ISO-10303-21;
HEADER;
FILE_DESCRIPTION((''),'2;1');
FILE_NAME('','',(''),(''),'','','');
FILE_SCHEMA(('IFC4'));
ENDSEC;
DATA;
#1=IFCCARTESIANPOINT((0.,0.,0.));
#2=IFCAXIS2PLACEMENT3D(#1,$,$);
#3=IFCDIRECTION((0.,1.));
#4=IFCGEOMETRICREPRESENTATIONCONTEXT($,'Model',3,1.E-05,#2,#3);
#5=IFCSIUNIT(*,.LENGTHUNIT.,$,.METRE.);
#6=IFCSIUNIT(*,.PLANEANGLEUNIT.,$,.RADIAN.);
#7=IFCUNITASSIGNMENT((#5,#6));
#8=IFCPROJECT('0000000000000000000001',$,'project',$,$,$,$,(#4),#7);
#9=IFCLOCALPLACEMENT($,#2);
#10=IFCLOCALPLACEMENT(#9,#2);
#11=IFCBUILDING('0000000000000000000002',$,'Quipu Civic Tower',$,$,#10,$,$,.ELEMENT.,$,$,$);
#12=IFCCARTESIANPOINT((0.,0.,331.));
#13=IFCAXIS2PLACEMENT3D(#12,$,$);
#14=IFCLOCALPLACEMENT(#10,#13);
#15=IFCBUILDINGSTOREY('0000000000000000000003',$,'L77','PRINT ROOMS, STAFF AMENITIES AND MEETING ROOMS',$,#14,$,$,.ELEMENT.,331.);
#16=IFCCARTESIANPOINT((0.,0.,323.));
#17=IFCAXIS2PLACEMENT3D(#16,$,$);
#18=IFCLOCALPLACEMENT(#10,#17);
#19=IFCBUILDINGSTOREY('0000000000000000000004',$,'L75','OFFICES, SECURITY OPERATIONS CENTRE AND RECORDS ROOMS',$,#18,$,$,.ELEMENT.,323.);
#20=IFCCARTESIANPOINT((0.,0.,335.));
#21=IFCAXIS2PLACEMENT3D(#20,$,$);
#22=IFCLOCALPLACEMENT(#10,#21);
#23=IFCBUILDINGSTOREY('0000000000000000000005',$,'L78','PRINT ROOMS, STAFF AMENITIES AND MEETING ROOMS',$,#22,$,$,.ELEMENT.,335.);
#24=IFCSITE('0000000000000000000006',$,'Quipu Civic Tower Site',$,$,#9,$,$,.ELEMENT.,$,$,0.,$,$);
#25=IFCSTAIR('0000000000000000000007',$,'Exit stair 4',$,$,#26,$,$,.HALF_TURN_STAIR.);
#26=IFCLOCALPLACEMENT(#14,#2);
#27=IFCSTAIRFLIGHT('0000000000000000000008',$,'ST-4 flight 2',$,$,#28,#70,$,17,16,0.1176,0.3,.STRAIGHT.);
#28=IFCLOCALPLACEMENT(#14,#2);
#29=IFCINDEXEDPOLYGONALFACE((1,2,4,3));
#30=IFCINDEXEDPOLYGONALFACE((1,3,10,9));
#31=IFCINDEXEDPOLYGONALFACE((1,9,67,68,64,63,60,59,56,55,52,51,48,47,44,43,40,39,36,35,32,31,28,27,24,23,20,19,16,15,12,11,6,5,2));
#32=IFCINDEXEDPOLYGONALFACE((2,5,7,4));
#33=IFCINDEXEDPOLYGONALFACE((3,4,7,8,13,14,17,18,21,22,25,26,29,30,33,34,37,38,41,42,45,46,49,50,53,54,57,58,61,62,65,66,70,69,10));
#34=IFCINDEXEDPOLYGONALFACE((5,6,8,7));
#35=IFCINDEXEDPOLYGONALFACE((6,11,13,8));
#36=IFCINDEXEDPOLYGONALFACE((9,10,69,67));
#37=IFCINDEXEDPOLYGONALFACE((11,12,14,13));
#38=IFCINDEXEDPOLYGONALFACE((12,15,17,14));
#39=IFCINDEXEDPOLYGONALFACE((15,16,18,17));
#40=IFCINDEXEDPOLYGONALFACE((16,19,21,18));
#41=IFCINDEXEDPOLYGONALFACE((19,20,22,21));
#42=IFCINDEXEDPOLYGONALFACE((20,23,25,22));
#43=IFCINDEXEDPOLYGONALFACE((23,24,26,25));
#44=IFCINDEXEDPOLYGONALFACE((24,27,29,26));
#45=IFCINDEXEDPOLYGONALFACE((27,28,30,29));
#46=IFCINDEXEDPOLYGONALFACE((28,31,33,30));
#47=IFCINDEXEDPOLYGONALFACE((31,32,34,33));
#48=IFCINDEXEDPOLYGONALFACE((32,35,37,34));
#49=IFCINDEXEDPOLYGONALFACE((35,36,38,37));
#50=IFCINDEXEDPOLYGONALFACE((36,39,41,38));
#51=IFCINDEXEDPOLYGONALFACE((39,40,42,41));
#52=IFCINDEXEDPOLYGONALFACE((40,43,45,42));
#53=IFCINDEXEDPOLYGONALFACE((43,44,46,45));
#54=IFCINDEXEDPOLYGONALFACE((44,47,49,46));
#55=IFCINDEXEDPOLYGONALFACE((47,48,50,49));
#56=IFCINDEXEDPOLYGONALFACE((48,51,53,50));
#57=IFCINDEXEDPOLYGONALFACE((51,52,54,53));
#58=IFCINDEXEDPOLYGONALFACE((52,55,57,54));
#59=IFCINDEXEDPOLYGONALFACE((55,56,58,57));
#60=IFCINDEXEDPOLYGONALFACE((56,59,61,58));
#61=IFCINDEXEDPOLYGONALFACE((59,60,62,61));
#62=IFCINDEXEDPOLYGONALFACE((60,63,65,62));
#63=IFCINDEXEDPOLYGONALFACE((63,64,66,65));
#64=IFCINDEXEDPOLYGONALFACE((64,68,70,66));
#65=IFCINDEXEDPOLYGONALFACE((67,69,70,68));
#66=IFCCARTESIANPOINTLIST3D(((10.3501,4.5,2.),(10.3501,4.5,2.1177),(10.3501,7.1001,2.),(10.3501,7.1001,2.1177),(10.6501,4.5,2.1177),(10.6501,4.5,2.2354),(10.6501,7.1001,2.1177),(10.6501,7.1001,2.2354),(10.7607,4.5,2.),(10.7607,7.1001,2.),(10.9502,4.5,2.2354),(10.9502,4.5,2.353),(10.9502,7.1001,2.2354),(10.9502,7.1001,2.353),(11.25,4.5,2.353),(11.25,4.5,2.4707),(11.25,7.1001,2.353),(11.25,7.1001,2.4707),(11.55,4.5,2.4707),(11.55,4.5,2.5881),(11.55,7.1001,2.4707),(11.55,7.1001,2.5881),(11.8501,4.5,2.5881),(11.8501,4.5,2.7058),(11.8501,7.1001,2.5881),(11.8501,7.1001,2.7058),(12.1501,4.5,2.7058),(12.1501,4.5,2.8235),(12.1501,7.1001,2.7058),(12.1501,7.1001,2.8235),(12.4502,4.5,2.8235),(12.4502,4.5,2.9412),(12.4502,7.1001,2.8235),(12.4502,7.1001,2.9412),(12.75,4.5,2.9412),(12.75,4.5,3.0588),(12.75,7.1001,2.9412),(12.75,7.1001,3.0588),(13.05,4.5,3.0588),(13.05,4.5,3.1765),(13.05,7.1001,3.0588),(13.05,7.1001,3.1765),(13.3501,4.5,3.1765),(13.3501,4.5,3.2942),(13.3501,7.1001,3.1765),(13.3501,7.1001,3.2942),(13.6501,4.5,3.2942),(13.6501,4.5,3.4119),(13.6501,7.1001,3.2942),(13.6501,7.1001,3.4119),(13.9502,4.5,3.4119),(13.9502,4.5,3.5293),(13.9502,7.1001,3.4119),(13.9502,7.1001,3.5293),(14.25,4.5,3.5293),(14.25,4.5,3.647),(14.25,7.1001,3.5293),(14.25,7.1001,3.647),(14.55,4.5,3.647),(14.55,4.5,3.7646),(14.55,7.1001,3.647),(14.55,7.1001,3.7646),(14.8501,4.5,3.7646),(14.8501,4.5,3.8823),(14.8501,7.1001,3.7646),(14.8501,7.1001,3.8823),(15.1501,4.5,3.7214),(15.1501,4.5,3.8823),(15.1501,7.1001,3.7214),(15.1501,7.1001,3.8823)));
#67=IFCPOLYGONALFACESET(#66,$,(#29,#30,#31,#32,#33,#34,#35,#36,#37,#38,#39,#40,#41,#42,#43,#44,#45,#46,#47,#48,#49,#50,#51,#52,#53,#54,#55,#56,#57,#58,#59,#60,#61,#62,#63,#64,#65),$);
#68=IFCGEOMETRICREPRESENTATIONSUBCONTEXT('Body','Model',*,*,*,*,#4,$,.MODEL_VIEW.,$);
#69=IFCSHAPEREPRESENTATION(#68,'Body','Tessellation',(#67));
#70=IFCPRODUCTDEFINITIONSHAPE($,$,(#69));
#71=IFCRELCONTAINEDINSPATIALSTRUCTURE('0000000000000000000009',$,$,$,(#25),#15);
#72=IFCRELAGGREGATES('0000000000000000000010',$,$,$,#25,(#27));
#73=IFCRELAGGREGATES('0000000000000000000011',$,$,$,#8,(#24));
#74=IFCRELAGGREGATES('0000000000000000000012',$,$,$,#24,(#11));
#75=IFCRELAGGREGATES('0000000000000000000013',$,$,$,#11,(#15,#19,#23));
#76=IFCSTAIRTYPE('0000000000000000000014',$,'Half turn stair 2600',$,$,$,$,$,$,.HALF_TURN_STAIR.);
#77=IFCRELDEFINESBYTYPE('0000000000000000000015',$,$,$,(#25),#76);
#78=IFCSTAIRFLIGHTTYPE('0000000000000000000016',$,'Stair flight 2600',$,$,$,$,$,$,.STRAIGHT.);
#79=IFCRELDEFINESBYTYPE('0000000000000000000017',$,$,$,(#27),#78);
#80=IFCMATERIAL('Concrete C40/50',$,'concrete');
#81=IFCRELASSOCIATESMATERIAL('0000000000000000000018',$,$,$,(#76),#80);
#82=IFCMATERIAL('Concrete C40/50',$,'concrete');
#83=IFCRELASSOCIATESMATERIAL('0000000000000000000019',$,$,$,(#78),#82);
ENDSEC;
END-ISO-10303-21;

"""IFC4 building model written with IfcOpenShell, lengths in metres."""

from ifc_helpers import new_model, si_unit, direction, frame, origin, place, context, subcontext, project, spatial, polyline, outline, extrude, material, type_object, element, aggregate, save


model = new_model("IFC4")

# Units and contexts
model_context = context("Model", 3, precision=1e-05, world=origin(), true_north=direction((0.0, 1.0)))
body_context = subcontext(model_context, "Body", "Model", "MODEL_VIEW")
ifc_project = project(units=[si_unit("LENGTHUNIT", "METRE"), si_unit("PLANEANGLEUNIT", "RADIAN")], contexts=[model_context])

# Site, building, storey
site_placement = place(None, origin())
site = spatial("IfcSite", under=ifc_project, at=site_placement, Name="Quipu Civic Tower Site", CompositionType="ELEMENT", RefElevation=0.0)
building_placement = place(site_placement, origin())
building = spatial("IfcBuilding", under=site, at=building_placement, Name="Quipu Civic Tower", CompositionType="ELEMENT")
storey_1_placement = place(building_placement, frame((0.0, 0.0, 331.0)))
storey_1 = spatial("IfcBuildingStorey", under=building, at=storey_1_placement, Name="L77", Description="PRINT ROOMS, STAFF AMENITIES AND MEETING ROOMS", CompositionType="ELEMENT", Elevation=331.0)

# Shared definitions
storey_2_placement = place(building_placement, frame((0.0, 0.0, 323.0)))
storey_2 = spatial("IfcBuildingStorey", under=building, at=storey_2_placement, Name="L75", Description="OFFICES, SECURITY OPERATIONS CENTRE AND RECORDS ROOMS", CompositionType="ELEMENT", Elevation=323.0)

# Shared definitions
storey_3_placement = place(building_placement, frame((0.0, 0.0, 335.0)))
storey_3 = spatial("IfcBuildingStorey", under=building, at=storey_3_placement, Name="L78", Description="PRINT ROOMS, STAFF AMENITIES AND MEETING ROOMS", CompositionType="ELEMENT", Elevation=335.0)

# Stair, stair flight
ifc_material_1 = material(Name="Concrete C40/50", Category="concrete")
stair_type = type_object("IfcStairType", Name="Half turn stair 2600", PredefinedType="HALF_TURN_STAIR", material=ifc_material_1)
stair_placement = place(storey_1_placement, origin())
stair = element("IfcStair", 1, at=stair_placement, inside=storey_1, type_object=stair_type, Name="Exit stair 4", PredefinedType="HALF_TURN_STAIR")
ifc_material_2 = material(Name="Concrete C40/50", Category="concrete")
stair_flight_type = type_object("IfcStairFlightType", Name="Stair flight 2600", PredefinedType="STRAIGHT", material=ifc_material_2)
stair_flight_1_placement = place(storey_1_placement, frame((10.3501, 5.8, 2.0), z_axis=(0.0, 0.0, 1.0), x_axis=(1.0, 0.0, 0.0)))
stair_flight_1 = element("IfcStairFlight", 2, at=stair_flight_1_placement, type_object=stair_flight_type, Name="ST-4 flight 2", NumberOfRisers=17, NumberOfTreads=16, PredefinedType="STRAIGHT", RiserHeight=0.1176, TreadLength=0.3, context=body_context, shape_type="SweptSolid", body=[
    extrude(outline(polyline([(0.0, 0.0), (0.0, 0.1177), (0.3, 0.1177), (0.3, 0.2354), (0.6001, 0.2354), (0.6001, 0.353), (0.8999, 0.353), (0.8999, 0.4707), (1.2, 0.4707), (1.2, 0.5881), (1.5, 0.5881), (1.5, 0.7058), (1.8, 0.7058), (1.8, 0.8235), (2.1001, 0.8235), (2.1001, 0.9412), (2.3999, 0.9412), (2.3999, 1.0588), (2.7, 1.0588), (2.7, 1.1765), (3.0, 1.1765), (3.0, 1.2942), (3.3, 1.2942), (3.3, 1.4119), (3.6001, 1.4119), (3.6001, 1.5293), (3.8999, 1.5293), (3.8999, 1.647), (4.2, 1.647), (4.2, 1.7646), (4.5, 1.7646), (4.5, 1.8823), (4.8, 1.8823), (4.8, 2.0), (4.8, 1.7214), (0.4106, 0.0), (0.0, 0.0)])), frame((0.0, 1.3, 0.0), z_axis=(0.0, -1.0, 0.0), x_axis=(1.0, 0.0, 0.0)), (0.0, 0.0, 1.0), 2.6001),
])
aggregate(stair, [stair_flight_1])

save(model, "model.ifc")
